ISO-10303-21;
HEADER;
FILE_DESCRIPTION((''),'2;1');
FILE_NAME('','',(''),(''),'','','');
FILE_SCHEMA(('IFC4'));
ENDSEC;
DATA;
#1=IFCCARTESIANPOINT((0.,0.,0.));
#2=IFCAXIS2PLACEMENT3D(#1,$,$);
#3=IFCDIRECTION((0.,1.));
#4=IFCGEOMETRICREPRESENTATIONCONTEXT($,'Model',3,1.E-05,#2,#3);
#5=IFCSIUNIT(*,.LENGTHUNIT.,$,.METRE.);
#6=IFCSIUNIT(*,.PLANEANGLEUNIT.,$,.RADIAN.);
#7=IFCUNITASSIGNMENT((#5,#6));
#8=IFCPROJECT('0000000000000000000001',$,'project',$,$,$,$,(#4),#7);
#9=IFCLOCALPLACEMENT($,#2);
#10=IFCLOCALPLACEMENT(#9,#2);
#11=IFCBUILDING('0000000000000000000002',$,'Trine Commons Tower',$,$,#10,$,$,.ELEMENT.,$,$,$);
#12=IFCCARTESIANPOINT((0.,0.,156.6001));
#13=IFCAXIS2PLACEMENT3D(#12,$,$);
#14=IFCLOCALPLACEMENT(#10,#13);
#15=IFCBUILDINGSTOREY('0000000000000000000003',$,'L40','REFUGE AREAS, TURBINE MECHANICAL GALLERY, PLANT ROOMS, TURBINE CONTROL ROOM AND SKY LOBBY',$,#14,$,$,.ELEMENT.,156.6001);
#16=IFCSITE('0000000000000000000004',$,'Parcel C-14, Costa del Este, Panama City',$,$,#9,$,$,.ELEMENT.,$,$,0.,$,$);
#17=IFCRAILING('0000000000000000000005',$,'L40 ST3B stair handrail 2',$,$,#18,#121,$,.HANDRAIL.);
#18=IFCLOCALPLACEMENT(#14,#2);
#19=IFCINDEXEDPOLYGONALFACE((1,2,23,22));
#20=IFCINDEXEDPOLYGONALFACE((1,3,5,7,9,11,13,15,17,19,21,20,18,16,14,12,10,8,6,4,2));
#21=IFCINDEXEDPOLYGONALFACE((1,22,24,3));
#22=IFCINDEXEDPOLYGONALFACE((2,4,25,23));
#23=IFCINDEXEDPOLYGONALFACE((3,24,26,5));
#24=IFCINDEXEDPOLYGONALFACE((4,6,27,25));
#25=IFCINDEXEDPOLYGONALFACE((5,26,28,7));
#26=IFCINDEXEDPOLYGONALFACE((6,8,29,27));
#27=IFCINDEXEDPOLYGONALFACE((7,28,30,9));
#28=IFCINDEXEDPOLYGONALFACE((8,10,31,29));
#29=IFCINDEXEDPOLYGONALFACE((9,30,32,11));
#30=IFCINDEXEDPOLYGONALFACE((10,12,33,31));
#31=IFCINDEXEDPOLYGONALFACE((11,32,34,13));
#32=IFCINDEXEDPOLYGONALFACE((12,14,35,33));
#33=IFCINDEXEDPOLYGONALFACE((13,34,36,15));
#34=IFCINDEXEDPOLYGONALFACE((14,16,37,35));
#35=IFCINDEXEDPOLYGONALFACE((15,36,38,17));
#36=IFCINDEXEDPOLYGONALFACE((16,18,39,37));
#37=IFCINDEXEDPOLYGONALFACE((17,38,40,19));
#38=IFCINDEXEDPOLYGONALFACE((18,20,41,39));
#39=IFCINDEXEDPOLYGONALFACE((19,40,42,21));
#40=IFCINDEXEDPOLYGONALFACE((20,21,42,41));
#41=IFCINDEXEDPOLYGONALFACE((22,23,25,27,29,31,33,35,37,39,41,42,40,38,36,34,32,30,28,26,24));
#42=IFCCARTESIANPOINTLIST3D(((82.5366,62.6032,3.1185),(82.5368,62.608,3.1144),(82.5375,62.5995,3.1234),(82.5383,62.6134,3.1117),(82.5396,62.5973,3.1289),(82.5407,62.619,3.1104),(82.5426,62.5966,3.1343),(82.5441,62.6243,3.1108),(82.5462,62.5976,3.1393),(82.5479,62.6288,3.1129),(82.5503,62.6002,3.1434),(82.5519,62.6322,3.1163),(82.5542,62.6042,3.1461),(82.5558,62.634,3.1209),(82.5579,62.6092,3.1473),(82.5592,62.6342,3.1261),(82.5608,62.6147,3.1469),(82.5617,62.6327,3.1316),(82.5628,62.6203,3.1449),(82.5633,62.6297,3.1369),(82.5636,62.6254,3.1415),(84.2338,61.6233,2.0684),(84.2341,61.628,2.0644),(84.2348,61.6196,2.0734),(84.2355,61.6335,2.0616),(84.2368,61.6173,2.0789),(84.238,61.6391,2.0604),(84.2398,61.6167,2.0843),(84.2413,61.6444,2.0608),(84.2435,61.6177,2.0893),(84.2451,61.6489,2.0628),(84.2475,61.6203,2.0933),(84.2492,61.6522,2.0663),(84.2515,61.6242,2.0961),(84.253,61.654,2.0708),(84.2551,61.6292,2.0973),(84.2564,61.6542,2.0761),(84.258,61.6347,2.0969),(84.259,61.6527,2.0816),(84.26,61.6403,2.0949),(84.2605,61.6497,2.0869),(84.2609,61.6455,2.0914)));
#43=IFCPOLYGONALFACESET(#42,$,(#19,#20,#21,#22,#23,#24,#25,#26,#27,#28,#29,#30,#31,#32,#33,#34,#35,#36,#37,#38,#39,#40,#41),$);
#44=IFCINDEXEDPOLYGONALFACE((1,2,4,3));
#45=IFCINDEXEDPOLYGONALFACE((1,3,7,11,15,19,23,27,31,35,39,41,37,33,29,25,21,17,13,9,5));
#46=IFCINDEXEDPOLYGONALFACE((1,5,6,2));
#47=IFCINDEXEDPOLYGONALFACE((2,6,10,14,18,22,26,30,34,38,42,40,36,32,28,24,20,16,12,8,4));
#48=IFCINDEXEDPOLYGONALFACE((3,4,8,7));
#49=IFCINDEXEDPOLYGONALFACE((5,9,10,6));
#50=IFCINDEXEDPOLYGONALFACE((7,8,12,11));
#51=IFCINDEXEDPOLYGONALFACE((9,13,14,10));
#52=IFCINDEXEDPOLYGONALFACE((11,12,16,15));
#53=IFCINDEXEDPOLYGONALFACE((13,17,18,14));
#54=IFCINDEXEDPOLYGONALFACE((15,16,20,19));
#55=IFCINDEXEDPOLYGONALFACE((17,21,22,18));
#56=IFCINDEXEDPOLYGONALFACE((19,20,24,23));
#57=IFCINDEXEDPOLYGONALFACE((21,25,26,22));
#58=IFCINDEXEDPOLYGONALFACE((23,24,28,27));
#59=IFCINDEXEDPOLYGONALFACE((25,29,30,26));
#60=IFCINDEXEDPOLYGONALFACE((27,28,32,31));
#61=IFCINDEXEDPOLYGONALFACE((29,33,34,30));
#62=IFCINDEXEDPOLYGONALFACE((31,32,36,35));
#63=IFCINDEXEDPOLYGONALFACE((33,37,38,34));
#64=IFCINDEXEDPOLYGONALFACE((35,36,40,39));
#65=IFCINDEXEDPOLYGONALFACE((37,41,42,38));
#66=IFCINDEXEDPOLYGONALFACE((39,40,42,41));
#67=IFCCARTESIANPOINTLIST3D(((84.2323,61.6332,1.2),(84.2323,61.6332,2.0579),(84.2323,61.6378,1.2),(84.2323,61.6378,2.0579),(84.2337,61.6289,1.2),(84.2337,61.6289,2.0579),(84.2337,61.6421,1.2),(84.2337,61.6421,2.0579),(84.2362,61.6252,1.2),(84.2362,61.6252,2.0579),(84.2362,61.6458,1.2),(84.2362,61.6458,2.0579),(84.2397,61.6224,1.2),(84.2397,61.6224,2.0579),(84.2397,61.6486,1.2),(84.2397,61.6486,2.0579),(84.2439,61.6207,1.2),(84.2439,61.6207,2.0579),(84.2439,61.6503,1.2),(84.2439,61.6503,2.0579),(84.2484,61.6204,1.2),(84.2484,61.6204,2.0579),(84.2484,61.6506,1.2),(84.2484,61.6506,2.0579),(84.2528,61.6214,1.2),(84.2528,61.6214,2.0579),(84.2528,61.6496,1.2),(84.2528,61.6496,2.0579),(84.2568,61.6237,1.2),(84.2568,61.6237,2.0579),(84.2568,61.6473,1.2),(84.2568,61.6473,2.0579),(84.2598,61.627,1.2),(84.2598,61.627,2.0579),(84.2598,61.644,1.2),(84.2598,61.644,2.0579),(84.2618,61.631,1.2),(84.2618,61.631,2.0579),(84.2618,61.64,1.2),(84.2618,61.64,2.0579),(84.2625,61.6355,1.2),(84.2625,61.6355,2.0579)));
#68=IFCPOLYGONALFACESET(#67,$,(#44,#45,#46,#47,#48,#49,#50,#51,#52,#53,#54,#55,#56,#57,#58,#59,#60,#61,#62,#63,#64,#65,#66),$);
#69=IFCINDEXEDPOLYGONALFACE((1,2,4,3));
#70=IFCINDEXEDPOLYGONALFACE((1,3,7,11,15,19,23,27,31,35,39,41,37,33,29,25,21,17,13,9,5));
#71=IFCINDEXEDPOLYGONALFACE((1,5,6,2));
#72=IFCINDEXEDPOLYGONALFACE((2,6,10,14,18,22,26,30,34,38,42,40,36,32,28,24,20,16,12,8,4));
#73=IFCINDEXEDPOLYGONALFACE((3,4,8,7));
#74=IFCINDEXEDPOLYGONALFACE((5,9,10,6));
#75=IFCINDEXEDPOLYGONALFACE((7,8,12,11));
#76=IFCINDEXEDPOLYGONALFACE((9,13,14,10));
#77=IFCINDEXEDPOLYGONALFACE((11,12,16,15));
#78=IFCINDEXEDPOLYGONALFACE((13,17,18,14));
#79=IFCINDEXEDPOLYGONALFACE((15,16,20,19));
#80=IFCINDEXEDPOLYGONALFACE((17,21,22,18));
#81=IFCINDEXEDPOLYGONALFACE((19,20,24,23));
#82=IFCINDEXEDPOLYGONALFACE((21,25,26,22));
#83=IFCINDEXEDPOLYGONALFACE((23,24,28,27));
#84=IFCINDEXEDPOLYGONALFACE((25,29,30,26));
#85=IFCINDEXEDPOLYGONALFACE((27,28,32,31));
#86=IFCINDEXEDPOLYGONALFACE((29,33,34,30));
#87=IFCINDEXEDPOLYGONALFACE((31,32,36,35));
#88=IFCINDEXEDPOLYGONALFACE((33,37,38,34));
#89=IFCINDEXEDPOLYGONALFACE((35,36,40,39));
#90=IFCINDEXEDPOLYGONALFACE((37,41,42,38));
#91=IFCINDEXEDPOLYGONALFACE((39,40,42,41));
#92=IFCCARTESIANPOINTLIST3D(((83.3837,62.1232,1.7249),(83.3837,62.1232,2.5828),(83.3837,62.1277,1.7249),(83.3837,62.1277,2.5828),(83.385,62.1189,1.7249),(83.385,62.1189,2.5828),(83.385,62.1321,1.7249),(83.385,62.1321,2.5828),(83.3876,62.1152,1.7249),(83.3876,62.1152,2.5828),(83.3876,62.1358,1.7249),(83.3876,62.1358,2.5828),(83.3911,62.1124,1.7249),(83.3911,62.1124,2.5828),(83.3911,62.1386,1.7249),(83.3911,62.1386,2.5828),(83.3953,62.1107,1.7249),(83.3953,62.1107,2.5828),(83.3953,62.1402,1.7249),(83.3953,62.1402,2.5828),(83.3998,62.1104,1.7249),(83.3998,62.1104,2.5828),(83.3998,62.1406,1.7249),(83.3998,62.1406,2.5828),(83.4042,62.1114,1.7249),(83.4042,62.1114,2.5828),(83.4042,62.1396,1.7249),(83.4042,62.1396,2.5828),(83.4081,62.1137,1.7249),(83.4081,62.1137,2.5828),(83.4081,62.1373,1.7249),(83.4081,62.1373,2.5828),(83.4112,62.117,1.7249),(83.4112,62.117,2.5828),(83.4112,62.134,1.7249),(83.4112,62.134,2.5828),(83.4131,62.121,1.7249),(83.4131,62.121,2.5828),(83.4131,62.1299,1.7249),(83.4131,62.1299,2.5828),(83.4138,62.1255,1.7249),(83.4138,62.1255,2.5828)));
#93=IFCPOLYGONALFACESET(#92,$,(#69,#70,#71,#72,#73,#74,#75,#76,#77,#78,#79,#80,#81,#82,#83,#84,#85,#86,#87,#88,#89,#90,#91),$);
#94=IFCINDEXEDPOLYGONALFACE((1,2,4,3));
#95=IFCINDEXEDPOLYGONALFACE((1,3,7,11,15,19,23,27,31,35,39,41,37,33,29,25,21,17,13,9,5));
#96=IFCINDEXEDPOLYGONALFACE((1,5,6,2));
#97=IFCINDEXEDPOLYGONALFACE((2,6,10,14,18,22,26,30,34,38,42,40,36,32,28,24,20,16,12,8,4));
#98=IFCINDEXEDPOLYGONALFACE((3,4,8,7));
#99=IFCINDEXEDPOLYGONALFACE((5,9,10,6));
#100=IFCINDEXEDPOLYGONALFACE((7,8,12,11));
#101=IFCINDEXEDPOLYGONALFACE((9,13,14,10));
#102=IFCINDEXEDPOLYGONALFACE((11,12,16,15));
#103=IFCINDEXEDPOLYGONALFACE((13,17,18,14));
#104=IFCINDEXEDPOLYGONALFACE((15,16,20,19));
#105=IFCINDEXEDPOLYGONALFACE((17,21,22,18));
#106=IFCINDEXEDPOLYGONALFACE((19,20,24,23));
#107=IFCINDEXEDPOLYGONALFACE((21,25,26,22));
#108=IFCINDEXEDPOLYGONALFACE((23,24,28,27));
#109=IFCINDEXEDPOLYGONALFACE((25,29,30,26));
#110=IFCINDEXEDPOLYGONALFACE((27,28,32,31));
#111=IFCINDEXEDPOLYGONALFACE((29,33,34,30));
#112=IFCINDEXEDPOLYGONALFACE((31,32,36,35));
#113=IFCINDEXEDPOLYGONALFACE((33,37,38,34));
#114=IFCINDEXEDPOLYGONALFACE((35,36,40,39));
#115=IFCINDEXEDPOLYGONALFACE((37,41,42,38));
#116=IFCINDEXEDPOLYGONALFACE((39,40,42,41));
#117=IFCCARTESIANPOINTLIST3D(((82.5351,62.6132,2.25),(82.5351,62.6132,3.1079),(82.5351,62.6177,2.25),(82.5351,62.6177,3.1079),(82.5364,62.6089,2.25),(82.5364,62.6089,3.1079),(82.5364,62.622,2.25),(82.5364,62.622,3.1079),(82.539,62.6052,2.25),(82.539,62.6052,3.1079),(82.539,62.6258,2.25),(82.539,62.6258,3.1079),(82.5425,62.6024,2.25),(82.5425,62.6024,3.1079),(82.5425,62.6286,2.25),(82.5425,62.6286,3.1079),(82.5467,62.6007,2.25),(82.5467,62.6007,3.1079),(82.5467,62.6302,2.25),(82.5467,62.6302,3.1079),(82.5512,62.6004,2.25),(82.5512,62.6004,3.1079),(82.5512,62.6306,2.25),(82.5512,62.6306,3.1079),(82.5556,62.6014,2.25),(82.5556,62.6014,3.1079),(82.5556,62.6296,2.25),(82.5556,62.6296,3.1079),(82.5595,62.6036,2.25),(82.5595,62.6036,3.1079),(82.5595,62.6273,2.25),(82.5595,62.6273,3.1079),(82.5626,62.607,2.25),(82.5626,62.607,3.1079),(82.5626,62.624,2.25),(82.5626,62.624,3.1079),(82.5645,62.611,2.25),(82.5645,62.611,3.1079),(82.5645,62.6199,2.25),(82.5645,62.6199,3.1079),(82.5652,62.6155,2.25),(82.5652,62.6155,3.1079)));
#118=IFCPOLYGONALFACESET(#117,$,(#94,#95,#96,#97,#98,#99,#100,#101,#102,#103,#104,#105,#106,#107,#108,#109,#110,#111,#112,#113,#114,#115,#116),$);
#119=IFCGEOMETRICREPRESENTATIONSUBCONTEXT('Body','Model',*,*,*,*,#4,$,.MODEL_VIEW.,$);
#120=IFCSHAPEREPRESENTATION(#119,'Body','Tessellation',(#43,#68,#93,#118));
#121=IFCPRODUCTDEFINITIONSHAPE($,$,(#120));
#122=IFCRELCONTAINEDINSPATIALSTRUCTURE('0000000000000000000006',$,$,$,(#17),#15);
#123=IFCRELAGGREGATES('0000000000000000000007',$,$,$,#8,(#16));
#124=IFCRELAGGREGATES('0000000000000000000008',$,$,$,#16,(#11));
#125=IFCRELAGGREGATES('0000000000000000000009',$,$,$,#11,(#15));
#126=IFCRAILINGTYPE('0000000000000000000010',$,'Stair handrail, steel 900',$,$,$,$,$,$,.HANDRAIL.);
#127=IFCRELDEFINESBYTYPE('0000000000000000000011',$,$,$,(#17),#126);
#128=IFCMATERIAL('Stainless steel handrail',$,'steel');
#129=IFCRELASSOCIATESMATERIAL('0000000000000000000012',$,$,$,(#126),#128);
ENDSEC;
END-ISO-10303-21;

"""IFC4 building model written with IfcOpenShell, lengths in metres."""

from ifc_helpers import new_model, si_unit, direction, frame, origin, origin_2d, place, context, subcontext, project, spatial, circle, extrude, material, type_object, element, save


model = new_model("IFC4")

# Units and contexts
model_context = context("Model", 3, precision=1e-05, world=origin(), true_north=direction((0.0, 1.0)))
body_context = subcontext(model_context, "Body", "Model", "MODEL_VIEW")
ifc_project = project(units=[si_unit("LENGTHUNIT", "METRE"), si_unit("PLANEANGLEUNIT", "RADIAN")], contexts=[model_context])

# Site, building, storey
site_placement = place(None, origin())
site = spatial("IfcSite", under=ifc_project, at=site_placement, Name="Parcel C-14, Costa del Este, Panama City", CompositionType="ELEMENT", RefElevation=0.0)
building_placement = place(site_placement, origin())
building = spatial("IfcBuilding", under=site, at=building_placement, Name="Trine Commons Tower", CompositionType="ELEMENT")
storey_placement = place(building_placement, frame((0.0, 0.0, 156.6001)))
storey = spatial("IfcBuildingStorey", under=building, at=storey_placement, Name="L40", Description="REFUGE AREAS, TURBINE MECHANICAL GALLERY, PLANT ROOMS, TURBINE CONTROL ROOM AND SKY LOBBY", CompositionType="ELEMENT", Elevation=156.6001)

# Railing
ifc_material_1 = material(Name="Stainless steel handrail", Category="steel")
railing_type_1 = type_object("IfcRailingType", Name="Stair handrail, steel 900", PredefinedType="HANDRAIL", material=ifc_material_1)
railing_1_placement = place(storey_placement, frame((84.2473, 61.6355, 1.2)))
element("IfcRailing", 1, at=railing_1_placement, inside=storey, type_object=railing_type_1, Name="L40 ST3B stair handrail 2", PredefinedType="HANDRAIL", context=body_context, shape_type="SweptSolid", body=[
    extrude(circle(Radius=0.021, at=origin_2d()), frame((0.0, 0.0, 0.8789), z_axis=(-0.763352, 0.44075, 0.472264), x_axis=(-0.500024, -0.866011, 0.0)), (0.0, 0.0, 1.0), 2.2234),
    extrude(circle(Radius=0.0151, at=origin_2d()), origin(), (0.0, 0.0, 1.0), 0.8579),
    extrude(circle(Radius=0.0151, at=origin_2d()), frame((-0.8486, 0.49, 0.5249)), (0.0, 0.0, 1.0), 0.8579),
    extrude(circle(Radius=0.0151, at=origin_2d()), frame((-1.6973, 0.98, 1.05)), (0.0, 0.0, 1.0), 0.8579),
])

save(model, "model.ifc")
